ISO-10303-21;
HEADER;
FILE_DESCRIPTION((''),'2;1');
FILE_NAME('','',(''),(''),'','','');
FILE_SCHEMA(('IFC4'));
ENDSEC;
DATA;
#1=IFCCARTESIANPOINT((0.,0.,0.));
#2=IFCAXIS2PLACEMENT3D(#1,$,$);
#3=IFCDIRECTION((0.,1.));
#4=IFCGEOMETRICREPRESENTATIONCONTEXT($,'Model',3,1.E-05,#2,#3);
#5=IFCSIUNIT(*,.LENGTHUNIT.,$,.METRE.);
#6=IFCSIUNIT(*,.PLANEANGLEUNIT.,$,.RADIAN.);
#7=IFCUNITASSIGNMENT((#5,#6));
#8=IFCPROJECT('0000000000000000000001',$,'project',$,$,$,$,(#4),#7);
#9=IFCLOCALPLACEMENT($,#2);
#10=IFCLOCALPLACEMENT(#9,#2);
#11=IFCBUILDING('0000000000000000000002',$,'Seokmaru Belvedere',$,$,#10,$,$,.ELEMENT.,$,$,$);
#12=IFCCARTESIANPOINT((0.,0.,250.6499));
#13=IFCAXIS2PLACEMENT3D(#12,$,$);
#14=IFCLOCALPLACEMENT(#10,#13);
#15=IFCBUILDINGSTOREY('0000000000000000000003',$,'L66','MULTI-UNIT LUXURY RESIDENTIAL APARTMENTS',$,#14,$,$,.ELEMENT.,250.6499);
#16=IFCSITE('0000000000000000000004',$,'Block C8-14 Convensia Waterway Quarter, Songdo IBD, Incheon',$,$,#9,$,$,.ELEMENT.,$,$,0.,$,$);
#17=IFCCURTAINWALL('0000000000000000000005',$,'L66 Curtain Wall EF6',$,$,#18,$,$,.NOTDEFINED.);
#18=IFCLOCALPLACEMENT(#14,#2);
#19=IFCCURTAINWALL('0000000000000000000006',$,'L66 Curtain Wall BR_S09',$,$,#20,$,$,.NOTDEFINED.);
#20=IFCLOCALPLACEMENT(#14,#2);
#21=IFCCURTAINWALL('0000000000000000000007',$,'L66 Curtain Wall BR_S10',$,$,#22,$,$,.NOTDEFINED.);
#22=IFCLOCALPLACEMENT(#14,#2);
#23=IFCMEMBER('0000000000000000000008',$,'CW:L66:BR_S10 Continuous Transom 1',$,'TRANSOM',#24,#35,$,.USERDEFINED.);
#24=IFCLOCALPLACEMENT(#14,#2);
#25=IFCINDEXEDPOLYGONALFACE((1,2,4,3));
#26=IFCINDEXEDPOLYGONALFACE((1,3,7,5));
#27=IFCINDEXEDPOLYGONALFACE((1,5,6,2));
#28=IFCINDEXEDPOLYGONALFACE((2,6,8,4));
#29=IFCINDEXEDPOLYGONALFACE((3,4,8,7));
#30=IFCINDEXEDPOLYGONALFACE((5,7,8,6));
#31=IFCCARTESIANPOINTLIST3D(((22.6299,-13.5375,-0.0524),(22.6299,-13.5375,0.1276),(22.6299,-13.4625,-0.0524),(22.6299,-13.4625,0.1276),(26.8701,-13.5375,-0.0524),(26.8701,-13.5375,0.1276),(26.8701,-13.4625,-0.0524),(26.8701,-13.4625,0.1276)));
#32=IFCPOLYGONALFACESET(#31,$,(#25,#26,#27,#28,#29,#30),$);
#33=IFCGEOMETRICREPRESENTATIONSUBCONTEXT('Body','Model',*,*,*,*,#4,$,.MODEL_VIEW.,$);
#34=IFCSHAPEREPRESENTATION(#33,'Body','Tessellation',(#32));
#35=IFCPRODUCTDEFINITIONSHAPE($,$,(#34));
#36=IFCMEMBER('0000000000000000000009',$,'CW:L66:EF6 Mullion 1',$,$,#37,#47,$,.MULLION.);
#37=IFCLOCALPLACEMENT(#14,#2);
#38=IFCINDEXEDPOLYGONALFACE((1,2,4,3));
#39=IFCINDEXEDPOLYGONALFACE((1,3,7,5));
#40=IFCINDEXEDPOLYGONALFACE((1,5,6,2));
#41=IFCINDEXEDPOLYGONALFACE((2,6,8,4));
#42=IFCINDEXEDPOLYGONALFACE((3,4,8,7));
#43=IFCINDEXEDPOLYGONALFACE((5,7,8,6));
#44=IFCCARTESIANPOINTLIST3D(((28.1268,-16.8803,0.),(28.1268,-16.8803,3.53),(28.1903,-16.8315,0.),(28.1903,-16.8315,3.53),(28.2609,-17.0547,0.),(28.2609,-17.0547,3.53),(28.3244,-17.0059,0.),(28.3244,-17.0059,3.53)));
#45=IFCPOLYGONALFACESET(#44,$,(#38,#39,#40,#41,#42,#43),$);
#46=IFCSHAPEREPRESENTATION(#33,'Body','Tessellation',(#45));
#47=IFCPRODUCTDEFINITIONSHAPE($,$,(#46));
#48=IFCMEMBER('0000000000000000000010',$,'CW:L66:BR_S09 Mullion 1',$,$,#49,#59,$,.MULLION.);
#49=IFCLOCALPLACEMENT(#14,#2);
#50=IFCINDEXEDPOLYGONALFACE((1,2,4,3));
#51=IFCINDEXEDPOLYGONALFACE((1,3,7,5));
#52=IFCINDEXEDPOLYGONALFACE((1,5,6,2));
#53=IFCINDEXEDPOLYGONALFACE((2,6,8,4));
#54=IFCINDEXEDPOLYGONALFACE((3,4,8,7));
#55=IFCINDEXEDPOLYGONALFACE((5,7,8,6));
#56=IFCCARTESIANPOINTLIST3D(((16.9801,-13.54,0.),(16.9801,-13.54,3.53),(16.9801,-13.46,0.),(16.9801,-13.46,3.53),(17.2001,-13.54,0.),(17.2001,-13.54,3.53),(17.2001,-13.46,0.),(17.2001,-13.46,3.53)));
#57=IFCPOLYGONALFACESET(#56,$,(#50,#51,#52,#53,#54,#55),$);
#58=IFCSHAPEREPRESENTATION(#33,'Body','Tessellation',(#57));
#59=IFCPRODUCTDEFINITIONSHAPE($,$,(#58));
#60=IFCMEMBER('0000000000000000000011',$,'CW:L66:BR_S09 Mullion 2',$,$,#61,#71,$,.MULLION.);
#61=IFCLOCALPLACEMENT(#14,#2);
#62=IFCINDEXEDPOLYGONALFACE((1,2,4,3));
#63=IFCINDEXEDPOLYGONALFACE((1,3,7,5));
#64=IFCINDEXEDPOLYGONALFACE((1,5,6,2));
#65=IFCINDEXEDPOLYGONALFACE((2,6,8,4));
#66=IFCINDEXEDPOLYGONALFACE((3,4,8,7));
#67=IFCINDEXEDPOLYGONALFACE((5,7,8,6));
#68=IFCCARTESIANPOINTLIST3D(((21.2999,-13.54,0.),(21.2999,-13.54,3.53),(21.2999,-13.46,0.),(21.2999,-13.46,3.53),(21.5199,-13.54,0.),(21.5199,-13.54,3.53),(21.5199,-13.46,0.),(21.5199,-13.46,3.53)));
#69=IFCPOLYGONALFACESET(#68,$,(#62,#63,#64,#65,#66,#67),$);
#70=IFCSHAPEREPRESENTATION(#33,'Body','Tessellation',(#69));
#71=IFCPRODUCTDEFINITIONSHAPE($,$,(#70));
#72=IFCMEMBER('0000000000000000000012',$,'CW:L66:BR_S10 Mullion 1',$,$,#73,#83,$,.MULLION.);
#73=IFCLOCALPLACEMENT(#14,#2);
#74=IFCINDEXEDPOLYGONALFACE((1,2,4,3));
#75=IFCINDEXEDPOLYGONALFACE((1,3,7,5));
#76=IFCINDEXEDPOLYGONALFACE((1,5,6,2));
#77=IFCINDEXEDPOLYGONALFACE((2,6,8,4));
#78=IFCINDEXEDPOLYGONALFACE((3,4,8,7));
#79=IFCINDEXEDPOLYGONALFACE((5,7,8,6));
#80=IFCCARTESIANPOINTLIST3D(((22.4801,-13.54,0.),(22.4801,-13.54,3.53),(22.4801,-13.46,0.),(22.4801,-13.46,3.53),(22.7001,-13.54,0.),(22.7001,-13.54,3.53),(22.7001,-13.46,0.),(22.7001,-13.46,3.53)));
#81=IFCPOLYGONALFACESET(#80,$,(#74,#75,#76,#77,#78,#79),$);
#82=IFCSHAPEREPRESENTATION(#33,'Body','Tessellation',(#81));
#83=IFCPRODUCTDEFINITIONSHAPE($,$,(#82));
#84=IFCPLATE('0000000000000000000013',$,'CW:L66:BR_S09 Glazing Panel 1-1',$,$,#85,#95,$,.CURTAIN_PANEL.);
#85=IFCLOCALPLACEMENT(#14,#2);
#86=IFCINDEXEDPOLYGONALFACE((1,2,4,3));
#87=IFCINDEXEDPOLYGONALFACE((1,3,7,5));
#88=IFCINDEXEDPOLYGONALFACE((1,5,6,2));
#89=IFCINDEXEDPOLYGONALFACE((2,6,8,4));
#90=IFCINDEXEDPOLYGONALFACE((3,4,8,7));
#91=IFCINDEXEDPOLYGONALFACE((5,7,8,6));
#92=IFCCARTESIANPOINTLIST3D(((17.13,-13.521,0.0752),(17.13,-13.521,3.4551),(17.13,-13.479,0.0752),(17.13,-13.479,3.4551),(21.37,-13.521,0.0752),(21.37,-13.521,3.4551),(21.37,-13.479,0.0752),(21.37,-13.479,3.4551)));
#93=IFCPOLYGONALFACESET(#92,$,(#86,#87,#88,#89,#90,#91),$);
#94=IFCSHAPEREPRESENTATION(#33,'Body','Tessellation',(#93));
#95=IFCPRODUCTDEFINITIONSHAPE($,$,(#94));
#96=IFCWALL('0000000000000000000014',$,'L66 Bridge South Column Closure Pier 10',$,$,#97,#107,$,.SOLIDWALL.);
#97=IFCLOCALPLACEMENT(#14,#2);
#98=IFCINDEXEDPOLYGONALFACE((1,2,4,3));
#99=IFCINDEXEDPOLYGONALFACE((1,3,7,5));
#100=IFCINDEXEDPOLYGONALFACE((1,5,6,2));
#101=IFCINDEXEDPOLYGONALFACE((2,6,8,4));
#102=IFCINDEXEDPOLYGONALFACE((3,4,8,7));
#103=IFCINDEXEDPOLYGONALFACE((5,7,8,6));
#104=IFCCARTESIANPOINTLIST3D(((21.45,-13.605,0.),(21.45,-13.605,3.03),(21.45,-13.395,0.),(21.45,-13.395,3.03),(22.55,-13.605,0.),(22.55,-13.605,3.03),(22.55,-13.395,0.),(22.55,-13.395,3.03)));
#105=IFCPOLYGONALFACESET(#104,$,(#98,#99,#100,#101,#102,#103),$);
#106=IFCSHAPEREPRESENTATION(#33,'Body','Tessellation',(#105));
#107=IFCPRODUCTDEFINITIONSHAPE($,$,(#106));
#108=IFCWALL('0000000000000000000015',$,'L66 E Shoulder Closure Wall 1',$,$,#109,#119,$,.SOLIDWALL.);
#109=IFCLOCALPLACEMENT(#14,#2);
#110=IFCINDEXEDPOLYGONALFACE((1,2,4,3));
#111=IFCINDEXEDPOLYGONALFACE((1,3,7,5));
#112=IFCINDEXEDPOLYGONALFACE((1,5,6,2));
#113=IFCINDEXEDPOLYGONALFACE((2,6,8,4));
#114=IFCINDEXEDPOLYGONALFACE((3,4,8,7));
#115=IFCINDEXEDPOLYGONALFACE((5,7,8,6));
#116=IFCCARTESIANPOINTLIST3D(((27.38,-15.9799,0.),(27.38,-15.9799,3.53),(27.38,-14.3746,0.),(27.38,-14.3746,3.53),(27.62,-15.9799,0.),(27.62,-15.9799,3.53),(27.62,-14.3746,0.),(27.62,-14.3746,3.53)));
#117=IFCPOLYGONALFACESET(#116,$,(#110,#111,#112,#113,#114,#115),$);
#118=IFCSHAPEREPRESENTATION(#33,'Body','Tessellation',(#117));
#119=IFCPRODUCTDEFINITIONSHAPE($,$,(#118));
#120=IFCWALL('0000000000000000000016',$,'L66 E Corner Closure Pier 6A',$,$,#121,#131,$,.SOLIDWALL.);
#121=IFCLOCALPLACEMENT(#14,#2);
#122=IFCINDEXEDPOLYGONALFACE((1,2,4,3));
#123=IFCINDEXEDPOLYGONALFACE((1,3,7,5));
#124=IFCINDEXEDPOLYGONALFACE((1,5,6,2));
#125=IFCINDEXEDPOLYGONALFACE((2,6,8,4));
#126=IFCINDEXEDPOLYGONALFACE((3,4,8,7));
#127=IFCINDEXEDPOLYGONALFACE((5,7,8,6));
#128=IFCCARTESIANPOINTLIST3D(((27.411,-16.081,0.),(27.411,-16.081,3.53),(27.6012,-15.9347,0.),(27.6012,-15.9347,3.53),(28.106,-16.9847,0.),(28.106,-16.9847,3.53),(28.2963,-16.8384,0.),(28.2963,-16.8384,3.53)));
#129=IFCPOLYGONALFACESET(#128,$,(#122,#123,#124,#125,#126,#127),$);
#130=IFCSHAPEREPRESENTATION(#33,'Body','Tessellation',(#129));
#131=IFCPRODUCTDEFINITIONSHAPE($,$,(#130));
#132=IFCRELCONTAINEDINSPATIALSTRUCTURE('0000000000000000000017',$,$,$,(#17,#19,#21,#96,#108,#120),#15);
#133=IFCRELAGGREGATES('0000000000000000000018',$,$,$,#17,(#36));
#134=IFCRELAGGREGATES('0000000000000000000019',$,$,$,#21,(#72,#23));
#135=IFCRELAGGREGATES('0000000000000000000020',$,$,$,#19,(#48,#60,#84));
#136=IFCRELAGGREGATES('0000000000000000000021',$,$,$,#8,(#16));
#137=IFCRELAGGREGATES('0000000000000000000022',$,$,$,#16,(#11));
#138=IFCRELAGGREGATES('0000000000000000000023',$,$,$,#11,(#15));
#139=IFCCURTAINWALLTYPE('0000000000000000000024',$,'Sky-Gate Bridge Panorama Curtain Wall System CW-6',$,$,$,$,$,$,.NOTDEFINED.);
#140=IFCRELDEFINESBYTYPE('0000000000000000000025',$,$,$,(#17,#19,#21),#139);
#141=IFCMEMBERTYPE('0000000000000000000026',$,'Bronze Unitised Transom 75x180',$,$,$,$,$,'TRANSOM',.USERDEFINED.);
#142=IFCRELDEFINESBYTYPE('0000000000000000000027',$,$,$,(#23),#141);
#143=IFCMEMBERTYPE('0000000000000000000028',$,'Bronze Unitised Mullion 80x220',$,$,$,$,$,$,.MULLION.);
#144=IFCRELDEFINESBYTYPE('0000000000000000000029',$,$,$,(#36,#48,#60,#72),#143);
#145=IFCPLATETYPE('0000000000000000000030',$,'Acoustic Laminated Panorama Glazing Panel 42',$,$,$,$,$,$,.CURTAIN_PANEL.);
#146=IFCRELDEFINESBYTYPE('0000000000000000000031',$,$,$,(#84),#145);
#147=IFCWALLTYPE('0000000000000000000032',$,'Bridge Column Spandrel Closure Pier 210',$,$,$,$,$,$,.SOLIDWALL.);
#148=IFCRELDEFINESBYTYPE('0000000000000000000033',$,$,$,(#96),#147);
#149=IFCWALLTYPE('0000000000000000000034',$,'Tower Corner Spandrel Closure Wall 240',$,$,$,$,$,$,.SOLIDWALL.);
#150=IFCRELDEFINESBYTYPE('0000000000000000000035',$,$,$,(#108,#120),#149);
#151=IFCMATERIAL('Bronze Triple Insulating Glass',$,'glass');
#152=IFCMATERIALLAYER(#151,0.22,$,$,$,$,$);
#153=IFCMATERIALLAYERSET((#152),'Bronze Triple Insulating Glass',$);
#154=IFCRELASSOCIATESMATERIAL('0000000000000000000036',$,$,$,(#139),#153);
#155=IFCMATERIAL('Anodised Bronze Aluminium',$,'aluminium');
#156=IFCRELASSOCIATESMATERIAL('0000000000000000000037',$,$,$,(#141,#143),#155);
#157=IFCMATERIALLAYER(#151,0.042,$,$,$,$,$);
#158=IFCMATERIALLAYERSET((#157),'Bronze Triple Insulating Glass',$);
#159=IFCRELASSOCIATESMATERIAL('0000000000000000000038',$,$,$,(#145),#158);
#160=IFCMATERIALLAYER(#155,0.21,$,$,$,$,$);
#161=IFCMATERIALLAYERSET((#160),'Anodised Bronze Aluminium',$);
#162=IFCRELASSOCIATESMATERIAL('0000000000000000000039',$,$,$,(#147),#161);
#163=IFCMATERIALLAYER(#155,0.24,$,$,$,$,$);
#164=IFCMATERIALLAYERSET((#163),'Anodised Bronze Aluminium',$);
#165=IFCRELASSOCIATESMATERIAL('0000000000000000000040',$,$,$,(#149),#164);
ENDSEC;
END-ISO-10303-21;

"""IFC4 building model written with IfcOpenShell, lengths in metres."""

from ifc_helpers import new_model, si_unit, direction, frame, frame_2d, origin, origin_2d, place, context, subcontext, project, spatial, rectangle, extrude, source, transform, mapped, material, layer, layer_set, material_profile, profile_set, type_object, type_shapes, element, aggregate, save


model = new_model("IFC4")

# Units and contexts
model_context = context("Model", 3, precision=1e-05, world=origin(), true_north=direction((0.0, 1.0)))
body_context = subcontext(model_context, "Body", "Model", "MODEL_VIEW")
ifc_project = project(units=[si_unit("LENGTHUNIT", "METRE"), si_unit("PLANEANGLEUNIT", "RADIAN")], contexts=[model_context])

# Site, building, storey
site_placement = place(None, origin())
site = spatial("IfcSite", under=ifc_project, at=site_placement, Name="Block C8-14 Convensia Waterway Quarter, Songdo IBD, Incheon", CompositionType="ELEMENT", RefElevation=0.0)
building_placement = place(site_placement, origin())
building = spatial("IfcBuilding", under=site, at=building_placement, Name="Seokmaru Belvedere", CompositionType="ELEMENT")
storey_placement = place(building_placement, frame((0.0, 0.0, 250.6499)))
storey = spatial("IfcBuildingStorey", under=building, at=storey_placement, Name="L66", Description="MULTI-UNIT LUXURY RESIDENTIAL APARTMENTS", CompositionType="ELEMENT", Elevation=250.6499)

# Curtain walls
ifc_material_1 = material(Name="Bronze Triple Insulating Glass", Category="glass")
ifc_layer_1 = layer(ifc_material_1, 0.22)
ifc_layer_set_1 = layer_set([ifc_layer_1], Name="Bronze Triple Insulating Glass")
curtain_wall_type = type_object("IfcCurtainWallType", Name="Sky-Gate Bridge Panorama Curtain Wall System CW-6", PredefinedType="NOTDEFINED", material=ifc_layer_set_1)
curtain_wall_1_placement = place(storey_placement, origin())
curtain_wall_1 = element("IfcCurtainWall", 1, at=curtain_wall_1_placement, inside=storey, type_object=curtain_wall_type, Name="L66 Curtain Wall EF6", PredefinedType="NOTDEFINED")
ifc_material_2 = material(Name="Anodised Bronze Aluminium", Category="aluminium")
ifc_material_profile_1 = material_profile(ifc_material_2, rectangle(XDim=0.075, YDim=0.1799, at=origin_2d()), Name="CW-T-75x180")
ifc_profile_set_1 = profile_set([ifc_material_profile_1], Name="Anodised Bronze Aluminium")
member_type_1 = type_object("IfcMemberType", Name="Bronze Unitised Transom 75x180", ElementType="TRANSOM", PredefinedType="USERDEFINED", material=ifc_profile_set_1)
curtain_wall_2_placement = place(storey_placement, origin())
curtain_wall_2 = element("IfcCurtainWall", 2, at=curtain_wall_2_placement, inside=storey, type_object=curtain_wall_type, Name="L66 Curtain Wall BR_S09", PredefinedType="NOTDEFINED")
shared_shape_1 = source(origin(), body_context, "Body", "SweptSolid", [
    extrude(rectangle(XDim=0.075, YDim=0.1799, at=origin_2d()), origin(), (0.0, 0.0, 1.0), 4.2402),
])

# Curtain wall, member
curtain_wall_3_placement = place(storey_placement, origin())
curtain_wall_3 = element("IfcCurtainWall", 3, at=curtain_wall_3_placement, inside=storey, type_object=curtain_wall_type, Name="L66 Curtain Wall BR_S10", PredefinedType="NOTDEFINED")
member_1_placement = place(storey_placement, frame((22.6299, -13.5, 0.0376), z_axis=(1.0, 0.0, 0.0), x_axis=(0.0, 1.0, 0.0)))
member_1 = element("IfcMember", 4, at=member_1_placement, type_object=member_type_1, Name="CW:L66:BR_S10 Continuous Transom 1", ObjectType="TRANSOM", PredefinedType="USERDEFINED", context=body_context, shape_type="MappedRepresentation", body=[
    mapped(shared_shape_1, transform((0.0, 0.0, 0.0), scale=1.0)),
])

# Members
ifc_material_profile_2 = material_profile(ifc_material_2, rectangle(XDim=0.0801, YDim=0.22, at=origin_2d()), Name="CW-M-80x220")
ifc_profile_set_2 = profile_set([ifc_material_profile_2], Name="Anodised Bronze Aluminium")
member_type_2 = type_object("IfcMemberType", Name="Bronze Unitised Mullion 80x220", PredefinedType="MULLION", material=ifc_profile_set_2)
shared_shape_2 = source(origin(), body_context, "Body", "SweptSolid", [
    extrude(rectangle(XDim=0.0801, YDim=0.22, at=origin_2d()), origin(), (0.0, 0.0, 1.0), 3.53),
])
type_shapes(member_type_2, [shared_shape_2])
member_2_placement = place(storey_placement, frame((28.2256, -16.9431, 0.0), z_axis=(0.0, 0.0, 1.0), x_axis=(0.792631, 0.609701, 0.0)))
member_2 = element("IfcMember", 5, at=member_2_placement, type_object=member_type_2, Name="CW:L66:EF6 Mullion 1", PredefinedType="MULLION", context=body_context, shape_type="MappedRepresentation", body=[
    mapped(shared_shape_2, transform((0.0, 0.0, 0.0), scale=1.0)),
])
aggregate(curtain_wall_1, [member_2])
member_3_placement = place(storey_placement, frame((17.0901, -13.5, 0.0), z_axis=(0.0, 0.0, 1.0), x_axis=(0.0, 1.0, 0.0)))
member_3 = element("IfcMember", 6, at=member_3_placement, type_object=member_type_2, Name="CW:L66:BR_S09 Mullion 1", PredefinedType="MULLION", context=body_context, shape_type="MappedRepresentation", body=[
    mapped(shared_shape_2, transform((0.0, 0.0, 0.0), scale=1.0)),
])
member_4_placement = place(storey_placement, frame((21.4099, -13.5, 0.0), z_axis=(0.0, 0.0, 1.0), x_axis=(0.0, 1.0, 0.0)))
member_4 = element("IfcMember", 7, at=member_4_placement, type_object=member_type_2, Name="CW:L66:BR_S09 Mullion 2", PredefinedType="MULLION", context=body_context, shape_type="MappedRepresentation", body=[
    mapped(shared_shape_2, transform((0.0, 0.0, 0.0), scale=1.0)),
])
member_5_placement = place(storey_placement, frame((22.5901, -13.5, 0.0), z_axis=(0.0, 0.0, 1.0), x_axis=(0.0, 1.0, 0.0)))
member_5 = element("IfcMember", 8, at=member_5_placement, type_object=member_type_2, Name="CW:L66:BR_S10 Mullion 1", PredefinedType="MULLION", context=body_context, shape_type="MappedRepresentation", body=[
    mapped(shared_shape_2, transform((0.0, 0.0, 0.0), scale=1.0)),
])
aggregate(curtain_wall_3, [member_5, member_1])

# Plate
ifc_layer_2 = layer(ifc_material_1, 0.042)
ifc_layer_set_2 = layer_set([ifc_layer_2], Name="Bronze Triple Insulating Glass")
plate_type = type_object("IfcPlateType", Name="Acoustic Laminated Panorama Glazing Panel 42", PredefinedType="CURTAIN_PANEL", material=ifc_layer_set_2)
shared_shape_3 = source(origin(), body_context, "Body", "SweptSolid", [
    extrude(rectangle(XDim=4.24, YDim=0.042, at=origin_2d()), origin(), (0.0, 0.0, 1.0), 3.3799),
])
type_shapes(plate_type, [shared_shape_3])
plate_placement = place(storey_placement, frame((19.25, -13.5, 0.0752), z_axis=(0.0, 0.0, 1.0), x_axis=(1.0, 0.0, 0.0)))
plate = element("IfcPlate", 9, at=plate_placement, type_object=plate_type, Name="CW:L66:BR_S09 Glazing Panel 1-1", PredefinedType="CURTAIN_PANEL", context=body_context, shape_type="MappedRepresentation", body=[
    mapped(shared_shape_3, transform((0.0, 0.0, 0.0), scale=1.0)),
])
aggregate(curtain_wall_2, [member_3, member_4, plate])

# Walls
ifc_layer_3 = layer(ifc_material_2, 0.21)
ifc_layer_set_3 = layer_set([ifc_layer_3], Name="Anodised Bronze Aluminium")
wall_type_1 = type_object("IfcWallType", Name="Bridge Column Spandrel Closure Pier 210", PredefinedType="SOLIDWALL", material=ifc_layer_set_3)
wall_1_placement = place(storey_placement, frame((21.45, -13.5, 0.0), z_axis=(0.0, 0.0, 1.0), x_axis=(1.0, 0.0, 0.0)))
element("IfcWall", 10, at=wall_1_placement, inside=storey, type_object=wall_type_1, Name="L66 Bridge South Column Closure Pier 10", PredefinedType="SOLIDWALL", context=body_context, shape_type="SweptSolid", body=[
    extrude(rectangle(XDim=1.1001, YDim=0.21, at=frame_2d((0.55, 0.0))), origin(), (0.0, 0.0, 1.0), 3.03),
])
ifc_layer_4 = layer(ifc_material_2, 0.24)
ifc_layer_set_4 = layer_set([ifc_layer_4], Name="Anodised Bronze Aluminium")
wall_type_2 = type_object("IfcWallType", Name="Tower Corner Spandrel Closure Wall 240", PredefinedType="SOLIDWALL", material=ifc_layer_set_4)
wall_2_placement = place(storey_placement, frame((27.5, -15.98, 0.0), z_axis=(0.0, 0.0, 1.0), x_axis=(0.0, 1.0, 0.0)))
element("IfcWall", 11, at=wall_2_placement, inside=storey, type_object=wall_type_2, Name="L66 E Shoulder Closure Wall 1", PredefinedType="SOLIDWALL", context=body_context, shape_type="SweptSolid", body=[
    extrude(rectangle(XDim=1.6052, YDim=0.24, at=frame_2d((0.8027, 0.0))), origin(), (0.0, 0.0, 1.0), 3.53),
])
wall_3_placement = place(storey_placement, frame((27.5061, -16.0078, 0.0), z_axis=(0.0, 0.0, 1.0), x_axis=(0.609618, -0.792696, 0.0)))
element("IfcWall", 12, at=wall_3_placement, inside=storey, type_object=wall_type_2, Name="L66 E Corner Closure Pier 6A", PredefinedType="SOLIDWALL", context=body_context, shape_type="SweptSolid", body=[
    extrude(rectangle(XDim=1.1401, YDim=0.24, at=frame_2d((0.5701, 0.0))), origin(), (0.0, 0.0, 1.0), 3.53),
])

save(model, "model.ifc")
